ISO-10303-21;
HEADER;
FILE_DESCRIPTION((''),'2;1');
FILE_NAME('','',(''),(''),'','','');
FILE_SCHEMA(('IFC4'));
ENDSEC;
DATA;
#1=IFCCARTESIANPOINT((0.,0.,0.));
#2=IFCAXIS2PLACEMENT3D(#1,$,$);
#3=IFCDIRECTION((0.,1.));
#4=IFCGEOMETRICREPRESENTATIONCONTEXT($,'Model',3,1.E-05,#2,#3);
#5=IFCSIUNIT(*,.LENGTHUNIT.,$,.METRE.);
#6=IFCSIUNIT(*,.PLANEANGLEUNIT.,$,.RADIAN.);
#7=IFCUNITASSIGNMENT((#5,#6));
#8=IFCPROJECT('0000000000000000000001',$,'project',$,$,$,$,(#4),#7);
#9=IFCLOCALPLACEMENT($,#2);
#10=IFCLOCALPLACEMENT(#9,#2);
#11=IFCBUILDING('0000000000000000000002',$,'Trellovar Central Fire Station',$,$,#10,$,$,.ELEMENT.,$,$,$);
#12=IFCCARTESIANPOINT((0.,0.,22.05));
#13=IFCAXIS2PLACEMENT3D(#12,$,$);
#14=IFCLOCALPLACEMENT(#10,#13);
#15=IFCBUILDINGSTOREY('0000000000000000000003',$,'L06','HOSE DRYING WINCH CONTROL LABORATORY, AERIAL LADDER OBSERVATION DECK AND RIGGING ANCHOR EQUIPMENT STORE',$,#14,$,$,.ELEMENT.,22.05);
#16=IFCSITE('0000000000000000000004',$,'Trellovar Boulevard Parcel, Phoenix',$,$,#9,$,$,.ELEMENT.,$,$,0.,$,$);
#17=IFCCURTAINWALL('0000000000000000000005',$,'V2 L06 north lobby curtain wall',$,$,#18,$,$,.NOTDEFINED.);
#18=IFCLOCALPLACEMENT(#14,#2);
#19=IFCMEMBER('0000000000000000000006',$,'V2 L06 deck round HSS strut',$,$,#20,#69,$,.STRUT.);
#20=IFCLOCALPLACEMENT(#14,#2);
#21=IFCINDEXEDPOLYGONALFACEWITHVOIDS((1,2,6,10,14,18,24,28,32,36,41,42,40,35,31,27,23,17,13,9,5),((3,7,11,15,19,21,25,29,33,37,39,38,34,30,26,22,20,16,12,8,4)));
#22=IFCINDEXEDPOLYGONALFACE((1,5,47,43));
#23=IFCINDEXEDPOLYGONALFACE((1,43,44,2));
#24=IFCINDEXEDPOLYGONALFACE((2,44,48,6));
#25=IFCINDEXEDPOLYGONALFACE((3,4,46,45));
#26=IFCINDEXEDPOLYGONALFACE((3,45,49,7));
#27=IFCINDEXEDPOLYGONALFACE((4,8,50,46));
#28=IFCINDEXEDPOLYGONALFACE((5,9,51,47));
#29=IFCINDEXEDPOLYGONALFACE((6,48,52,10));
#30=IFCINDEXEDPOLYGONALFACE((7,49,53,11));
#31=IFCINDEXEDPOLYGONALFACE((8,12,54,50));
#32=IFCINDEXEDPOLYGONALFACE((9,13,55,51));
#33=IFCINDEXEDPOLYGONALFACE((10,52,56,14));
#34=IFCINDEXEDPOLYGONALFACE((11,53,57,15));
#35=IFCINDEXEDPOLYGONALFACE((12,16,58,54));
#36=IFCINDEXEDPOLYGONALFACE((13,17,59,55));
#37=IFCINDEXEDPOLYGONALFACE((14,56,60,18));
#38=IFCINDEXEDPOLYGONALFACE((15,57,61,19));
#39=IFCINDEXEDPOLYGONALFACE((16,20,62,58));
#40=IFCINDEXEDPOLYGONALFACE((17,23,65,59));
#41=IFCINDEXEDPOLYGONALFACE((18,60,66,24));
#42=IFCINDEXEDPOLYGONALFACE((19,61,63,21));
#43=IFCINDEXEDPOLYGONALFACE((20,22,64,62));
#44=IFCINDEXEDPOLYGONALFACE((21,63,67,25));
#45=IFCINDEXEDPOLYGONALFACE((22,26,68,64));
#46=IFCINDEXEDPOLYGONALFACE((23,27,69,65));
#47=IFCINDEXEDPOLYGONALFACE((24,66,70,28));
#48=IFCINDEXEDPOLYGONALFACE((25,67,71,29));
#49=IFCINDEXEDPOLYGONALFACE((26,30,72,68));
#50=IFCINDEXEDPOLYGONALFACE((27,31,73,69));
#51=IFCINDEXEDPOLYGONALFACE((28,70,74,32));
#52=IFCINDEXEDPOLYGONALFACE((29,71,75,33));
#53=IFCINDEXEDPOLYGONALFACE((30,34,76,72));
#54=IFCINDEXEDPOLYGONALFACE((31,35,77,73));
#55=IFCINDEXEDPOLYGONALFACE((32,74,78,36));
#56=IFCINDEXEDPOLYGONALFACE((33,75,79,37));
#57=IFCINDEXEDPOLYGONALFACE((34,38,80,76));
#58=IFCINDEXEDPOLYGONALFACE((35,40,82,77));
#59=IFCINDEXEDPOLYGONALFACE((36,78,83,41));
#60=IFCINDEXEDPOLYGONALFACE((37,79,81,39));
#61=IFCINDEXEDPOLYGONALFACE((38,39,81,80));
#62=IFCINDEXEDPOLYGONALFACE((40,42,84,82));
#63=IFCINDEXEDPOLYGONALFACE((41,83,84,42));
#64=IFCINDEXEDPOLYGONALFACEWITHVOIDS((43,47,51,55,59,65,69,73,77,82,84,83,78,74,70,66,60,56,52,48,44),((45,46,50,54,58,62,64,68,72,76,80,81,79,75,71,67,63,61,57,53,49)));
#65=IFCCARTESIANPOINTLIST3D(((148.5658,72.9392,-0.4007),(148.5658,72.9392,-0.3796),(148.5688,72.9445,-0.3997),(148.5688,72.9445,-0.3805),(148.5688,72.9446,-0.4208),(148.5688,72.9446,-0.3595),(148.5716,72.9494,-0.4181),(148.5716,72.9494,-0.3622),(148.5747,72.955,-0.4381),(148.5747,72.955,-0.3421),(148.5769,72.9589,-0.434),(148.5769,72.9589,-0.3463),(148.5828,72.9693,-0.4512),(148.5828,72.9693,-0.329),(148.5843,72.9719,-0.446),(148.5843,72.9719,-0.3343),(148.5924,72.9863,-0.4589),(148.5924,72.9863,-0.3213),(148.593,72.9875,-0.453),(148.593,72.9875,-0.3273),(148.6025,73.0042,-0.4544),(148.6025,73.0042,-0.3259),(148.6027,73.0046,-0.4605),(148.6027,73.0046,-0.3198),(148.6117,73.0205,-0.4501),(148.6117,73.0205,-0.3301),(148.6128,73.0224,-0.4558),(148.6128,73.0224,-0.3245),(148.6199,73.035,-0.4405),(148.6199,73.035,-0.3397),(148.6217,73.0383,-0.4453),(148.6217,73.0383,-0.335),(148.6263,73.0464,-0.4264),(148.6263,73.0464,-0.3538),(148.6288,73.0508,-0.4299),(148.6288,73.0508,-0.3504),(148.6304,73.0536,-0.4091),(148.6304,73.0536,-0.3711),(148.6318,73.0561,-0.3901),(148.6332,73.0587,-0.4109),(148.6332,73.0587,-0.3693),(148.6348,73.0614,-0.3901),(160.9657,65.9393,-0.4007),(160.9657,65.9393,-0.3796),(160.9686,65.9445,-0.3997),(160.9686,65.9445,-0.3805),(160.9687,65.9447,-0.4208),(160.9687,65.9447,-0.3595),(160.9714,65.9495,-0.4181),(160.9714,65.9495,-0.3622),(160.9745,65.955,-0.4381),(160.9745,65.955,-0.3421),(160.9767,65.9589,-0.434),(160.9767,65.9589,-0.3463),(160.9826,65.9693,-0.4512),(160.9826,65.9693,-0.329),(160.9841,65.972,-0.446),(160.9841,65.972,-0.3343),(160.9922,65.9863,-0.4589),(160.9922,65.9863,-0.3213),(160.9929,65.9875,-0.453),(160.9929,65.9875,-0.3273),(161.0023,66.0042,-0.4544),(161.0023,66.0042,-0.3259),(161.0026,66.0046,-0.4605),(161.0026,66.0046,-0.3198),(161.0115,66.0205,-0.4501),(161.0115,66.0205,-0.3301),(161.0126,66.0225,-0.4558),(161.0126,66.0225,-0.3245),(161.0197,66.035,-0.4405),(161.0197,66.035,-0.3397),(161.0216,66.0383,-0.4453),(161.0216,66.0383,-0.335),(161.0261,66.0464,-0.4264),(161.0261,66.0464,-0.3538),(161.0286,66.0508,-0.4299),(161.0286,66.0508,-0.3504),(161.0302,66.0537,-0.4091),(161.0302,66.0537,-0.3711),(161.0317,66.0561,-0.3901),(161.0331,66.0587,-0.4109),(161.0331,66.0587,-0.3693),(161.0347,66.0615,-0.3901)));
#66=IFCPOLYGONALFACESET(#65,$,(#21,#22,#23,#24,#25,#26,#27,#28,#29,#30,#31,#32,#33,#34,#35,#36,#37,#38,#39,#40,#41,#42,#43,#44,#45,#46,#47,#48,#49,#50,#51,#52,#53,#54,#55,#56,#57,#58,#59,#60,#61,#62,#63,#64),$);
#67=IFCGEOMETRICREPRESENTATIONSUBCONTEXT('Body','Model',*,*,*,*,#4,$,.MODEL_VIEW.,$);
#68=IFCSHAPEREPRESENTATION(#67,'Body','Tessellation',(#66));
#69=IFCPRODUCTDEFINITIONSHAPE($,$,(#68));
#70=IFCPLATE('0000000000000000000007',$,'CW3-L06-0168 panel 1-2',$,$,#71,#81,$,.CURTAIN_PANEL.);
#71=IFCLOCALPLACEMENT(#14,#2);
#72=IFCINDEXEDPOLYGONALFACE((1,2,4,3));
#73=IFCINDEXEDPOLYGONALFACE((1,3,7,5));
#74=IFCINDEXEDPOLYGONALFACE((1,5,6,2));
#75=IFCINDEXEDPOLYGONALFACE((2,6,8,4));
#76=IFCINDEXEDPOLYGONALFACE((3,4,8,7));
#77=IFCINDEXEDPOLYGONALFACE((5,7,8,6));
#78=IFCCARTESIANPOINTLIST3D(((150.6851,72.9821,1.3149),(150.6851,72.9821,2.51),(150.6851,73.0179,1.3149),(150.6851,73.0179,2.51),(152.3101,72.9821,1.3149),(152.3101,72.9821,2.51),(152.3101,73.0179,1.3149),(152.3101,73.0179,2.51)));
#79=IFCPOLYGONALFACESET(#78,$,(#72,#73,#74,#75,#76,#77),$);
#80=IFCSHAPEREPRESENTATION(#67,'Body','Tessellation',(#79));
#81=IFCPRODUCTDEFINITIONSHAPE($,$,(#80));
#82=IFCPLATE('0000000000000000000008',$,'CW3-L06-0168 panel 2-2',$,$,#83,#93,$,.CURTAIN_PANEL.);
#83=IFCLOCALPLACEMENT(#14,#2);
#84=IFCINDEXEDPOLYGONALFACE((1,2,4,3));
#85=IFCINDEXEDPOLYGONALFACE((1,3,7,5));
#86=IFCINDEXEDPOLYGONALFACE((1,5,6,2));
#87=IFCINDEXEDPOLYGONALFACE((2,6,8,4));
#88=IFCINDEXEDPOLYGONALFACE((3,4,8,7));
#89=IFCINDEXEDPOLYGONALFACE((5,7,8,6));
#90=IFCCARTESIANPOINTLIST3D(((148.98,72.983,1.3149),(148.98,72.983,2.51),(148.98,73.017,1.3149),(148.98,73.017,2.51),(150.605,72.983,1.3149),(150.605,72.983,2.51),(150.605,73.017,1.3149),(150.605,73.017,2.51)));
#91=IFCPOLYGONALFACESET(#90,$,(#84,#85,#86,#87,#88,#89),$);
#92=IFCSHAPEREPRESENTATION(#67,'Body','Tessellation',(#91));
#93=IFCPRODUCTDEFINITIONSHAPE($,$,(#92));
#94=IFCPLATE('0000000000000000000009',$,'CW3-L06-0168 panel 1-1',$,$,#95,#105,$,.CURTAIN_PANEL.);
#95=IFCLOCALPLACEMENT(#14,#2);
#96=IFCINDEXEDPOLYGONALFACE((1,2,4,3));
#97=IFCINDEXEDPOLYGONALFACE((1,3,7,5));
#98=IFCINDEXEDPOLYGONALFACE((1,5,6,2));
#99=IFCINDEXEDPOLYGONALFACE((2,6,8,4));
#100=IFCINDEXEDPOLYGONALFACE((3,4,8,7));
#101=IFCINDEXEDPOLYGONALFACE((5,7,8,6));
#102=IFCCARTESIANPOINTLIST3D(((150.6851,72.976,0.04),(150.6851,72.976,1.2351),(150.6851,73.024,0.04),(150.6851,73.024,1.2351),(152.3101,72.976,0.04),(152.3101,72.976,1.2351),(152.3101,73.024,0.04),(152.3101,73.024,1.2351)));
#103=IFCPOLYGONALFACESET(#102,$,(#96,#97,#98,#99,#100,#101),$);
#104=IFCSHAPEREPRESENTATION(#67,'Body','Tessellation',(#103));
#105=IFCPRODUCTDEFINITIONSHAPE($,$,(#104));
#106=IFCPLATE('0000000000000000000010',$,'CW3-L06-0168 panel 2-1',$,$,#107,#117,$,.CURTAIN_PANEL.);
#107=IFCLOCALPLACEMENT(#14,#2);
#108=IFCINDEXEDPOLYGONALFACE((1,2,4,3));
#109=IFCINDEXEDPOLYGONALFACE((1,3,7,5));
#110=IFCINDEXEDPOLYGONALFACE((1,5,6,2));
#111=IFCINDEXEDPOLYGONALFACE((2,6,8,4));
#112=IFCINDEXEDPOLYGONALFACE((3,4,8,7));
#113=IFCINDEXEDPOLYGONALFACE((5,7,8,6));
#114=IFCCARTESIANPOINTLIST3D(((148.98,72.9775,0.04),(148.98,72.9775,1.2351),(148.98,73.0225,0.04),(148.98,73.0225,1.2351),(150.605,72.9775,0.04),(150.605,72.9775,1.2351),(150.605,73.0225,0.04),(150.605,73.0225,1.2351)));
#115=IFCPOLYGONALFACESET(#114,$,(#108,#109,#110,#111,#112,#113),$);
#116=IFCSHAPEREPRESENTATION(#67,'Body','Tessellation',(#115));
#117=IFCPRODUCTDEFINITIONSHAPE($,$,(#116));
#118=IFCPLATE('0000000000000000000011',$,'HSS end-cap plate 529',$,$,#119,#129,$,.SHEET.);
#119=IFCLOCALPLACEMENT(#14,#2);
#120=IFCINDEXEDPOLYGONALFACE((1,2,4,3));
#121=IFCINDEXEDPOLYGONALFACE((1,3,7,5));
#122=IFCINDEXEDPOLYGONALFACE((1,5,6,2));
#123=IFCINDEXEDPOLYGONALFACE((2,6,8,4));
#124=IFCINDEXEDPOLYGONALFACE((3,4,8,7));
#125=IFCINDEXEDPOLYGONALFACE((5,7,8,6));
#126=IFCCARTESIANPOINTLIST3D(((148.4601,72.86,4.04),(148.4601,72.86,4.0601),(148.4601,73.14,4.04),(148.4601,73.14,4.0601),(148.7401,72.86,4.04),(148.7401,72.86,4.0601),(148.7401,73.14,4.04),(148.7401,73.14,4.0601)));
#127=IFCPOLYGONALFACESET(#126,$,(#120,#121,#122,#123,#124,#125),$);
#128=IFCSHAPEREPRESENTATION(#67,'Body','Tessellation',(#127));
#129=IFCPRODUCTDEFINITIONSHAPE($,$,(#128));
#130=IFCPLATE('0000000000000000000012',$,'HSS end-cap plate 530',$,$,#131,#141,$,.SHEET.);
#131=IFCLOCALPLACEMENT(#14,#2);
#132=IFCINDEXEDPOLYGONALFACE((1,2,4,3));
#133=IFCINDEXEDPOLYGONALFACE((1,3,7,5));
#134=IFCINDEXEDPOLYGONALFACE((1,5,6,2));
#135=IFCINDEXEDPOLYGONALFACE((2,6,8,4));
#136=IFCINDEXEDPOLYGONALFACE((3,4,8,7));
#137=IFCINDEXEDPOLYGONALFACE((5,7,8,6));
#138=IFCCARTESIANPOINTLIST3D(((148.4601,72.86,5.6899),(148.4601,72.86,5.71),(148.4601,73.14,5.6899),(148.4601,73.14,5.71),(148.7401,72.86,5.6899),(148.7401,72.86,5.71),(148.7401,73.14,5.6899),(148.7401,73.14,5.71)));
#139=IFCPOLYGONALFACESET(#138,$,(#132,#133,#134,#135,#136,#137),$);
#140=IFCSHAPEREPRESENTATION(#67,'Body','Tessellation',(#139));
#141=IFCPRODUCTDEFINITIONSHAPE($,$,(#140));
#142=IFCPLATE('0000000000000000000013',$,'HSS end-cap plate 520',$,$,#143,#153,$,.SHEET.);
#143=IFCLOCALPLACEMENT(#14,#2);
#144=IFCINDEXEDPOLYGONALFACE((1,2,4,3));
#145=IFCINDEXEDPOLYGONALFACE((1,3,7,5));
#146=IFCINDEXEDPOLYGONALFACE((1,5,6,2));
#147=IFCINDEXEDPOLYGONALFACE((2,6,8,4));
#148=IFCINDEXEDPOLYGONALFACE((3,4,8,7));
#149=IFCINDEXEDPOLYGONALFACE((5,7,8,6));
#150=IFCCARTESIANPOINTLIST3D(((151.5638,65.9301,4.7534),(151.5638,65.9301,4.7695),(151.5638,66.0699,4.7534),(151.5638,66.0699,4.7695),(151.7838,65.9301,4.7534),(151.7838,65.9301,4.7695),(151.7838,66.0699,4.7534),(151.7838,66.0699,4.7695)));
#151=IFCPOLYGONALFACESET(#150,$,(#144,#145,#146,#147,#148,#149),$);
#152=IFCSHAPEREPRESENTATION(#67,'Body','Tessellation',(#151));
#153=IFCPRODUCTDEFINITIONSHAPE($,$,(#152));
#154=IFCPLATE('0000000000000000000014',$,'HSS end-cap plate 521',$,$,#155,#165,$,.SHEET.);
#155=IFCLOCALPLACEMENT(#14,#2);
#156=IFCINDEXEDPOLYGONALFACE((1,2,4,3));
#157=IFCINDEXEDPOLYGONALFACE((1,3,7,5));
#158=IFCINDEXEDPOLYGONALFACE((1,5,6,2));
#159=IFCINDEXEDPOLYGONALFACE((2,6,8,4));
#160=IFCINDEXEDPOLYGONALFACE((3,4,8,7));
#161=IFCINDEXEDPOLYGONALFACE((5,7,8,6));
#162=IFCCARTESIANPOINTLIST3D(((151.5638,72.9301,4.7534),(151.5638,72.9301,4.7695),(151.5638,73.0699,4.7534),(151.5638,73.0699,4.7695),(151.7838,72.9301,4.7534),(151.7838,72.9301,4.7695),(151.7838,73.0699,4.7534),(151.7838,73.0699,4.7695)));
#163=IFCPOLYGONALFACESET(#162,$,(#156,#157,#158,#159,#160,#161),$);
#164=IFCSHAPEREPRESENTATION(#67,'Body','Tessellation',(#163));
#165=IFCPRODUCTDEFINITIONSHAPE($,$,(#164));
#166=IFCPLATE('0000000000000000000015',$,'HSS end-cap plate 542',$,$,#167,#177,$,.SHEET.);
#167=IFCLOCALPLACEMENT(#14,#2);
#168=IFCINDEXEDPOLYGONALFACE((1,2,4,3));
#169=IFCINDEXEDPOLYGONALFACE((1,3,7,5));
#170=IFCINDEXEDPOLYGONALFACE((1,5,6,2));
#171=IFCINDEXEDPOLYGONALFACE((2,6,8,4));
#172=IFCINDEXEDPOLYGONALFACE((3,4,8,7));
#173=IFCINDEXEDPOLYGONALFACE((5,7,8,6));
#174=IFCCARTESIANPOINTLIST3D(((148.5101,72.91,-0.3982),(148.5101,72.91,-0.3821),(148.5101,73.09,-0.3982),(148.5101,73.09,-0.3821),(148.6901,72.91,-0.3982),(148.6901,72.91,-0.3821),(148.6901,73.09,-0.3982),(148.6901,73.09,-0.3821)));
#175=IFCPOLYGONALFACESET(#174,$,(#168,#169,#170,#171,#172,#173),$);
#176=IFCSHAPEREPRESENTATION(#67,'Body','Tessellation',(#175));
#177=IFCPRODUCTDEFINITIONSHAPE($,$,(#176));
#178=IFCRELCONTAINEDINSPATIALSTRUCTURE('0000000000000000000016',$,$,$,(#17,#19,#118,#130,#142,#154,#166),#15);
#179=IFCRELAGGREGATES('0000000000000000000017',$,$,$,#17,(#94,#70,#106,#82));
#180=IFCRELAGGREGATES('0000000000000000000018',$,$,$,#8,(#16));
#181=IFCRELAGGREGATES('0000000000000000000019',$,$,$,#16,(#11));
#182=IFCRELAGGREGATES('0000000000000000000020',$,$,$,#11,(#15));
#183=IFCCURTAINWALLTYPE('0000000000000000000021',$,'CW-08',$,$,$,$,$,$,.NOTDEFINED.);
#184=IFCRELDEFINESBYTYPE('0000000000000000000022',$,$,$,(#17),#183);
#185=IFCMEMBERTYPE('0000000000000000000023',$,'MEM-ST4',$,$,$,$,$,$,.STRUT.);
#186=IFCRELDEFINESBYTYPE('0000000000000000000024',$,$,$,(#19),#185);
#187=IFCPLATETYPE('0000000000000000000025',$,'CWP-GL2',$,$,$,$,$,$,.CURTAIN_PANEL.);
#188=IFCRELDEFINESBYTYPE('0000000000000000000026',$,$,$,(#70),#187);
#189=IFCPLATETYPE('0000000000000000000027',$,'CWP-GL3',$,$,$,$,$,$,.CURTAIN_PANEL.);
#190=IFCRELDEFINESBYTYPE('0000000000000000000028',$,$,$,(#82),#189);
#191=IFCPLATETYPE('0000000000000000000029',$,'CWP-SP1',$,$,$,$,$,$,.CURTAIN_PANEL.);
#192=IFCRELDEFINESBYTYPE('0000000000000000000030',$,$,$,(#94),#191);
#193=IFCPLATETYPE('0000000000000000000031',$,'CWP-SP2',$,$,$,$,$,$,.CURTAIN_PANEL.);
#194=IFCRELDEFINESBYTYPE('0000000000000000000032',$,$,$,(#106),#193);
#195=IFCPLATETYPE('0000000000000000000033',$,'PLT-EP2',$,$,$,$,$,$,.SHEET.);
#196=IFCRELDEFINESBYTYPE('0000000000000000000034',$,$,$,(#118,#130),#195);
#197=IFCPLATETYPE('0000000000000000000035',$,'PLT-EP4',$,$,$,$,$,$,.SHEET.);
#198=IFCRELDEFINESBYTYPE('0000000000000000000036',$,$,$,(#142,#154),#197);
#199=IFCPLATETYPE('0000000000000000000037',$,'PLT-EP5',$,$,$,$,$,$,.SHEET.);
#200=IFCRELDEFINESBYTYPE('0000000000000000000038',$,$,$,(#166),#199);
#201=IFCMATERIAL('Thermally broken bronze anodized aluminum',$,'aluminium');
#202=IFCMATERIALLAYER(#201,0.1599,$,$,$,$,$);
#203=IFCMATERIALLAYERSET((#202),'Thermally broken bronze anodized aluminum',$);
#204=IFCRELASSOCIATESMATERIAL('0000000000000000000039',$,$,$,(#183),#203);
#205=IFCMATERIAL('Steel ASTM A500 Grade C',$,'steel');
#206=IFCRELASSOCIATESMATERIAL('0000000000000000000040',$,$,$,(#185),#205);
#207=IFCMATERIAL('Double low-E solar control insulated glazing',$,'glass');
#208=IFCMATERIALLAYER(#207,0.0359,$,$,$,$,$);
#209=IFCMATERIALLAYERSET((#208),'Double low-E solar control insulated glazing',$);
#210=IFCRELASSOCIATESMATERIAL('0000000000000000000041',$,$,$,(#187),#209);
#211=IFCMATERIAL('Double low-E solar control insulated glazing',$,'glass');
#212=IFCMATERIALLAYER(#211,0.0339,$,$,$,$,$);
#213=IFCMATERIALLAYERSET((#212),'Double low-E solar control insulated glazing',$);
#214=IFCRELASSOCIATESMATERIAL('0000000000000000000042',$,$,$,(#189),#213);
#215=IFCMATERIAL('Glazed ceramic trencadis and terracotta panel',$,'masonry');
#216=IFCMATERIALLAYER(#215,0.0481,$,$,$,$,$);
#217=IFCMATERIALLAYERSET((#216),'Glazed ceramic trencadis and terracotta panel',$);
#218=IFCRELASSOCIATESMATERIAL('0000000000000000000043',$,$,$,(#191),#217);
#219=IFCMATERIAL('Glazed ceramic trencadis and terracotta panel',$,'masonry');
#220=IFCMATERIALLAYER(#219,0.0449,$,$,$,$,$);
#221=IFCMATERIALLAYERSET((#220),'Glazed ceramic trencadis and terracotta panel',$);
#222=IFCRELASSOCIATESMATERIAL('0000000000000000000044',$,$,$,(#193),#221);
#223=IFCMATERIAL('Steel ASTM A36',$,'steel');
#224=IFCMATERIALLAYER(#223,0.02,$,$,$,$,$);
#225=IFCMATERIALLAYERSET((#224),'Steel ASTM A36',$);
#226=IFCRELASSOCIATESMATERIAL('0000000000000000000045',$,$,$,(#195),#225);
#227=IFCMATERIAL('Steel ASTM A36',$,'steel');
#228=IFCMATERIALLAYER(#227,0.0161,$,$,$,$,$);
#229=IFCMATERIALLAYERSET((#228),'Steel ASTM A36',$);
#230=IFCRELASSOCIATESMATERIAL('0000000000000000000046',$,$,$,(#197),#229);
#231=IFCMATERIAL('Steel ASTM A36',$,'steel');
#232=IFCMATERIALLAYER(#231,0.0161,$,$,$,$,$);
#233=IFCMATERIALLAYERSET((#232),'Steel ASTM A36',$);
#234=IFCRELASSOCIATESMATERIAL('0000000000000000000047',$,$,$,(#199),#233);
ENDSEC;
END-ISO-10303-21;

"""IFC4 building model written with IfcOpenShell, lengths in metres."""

from ifc_helpers import new_model, si_unit, direction, frame, origin, origin_2d, place, context, subcontext, project, spatial, rectangle, hollow_circle, extrude, material, layer, layer_set, material_profile, profile_set, type_object, element, aggregate, save


model = new_model("IFC4")

# Units and contexts
model_context = context("Model", 3, precision=1e-05, world=origin(), true_north=direction((0.0, 1.0)))
body_context = subcontext(model_context, "Body", "Model", "MODEL_VIEW")
ifc_project = project(units=[si_unit("LENGTHUNIT", "METRE"), si_unit("PLANEANGLEUNIT", "RADIAN")], contexts=[model_context])

# Site, building, storey
site_placement = place(None, origin())
site = spatial("IfcSite", under=ifc_project, at=site_placement, Name="Trellovar Boulevard Parcel, Phoenix", CompositionType="ELEMENT", RefElevation=0.0)
building_placement = place(site_placement, origin())
building = spatial("IfcBuilding", under=site, at=building_placement, Name="Trellovar Central Fire Station", CompositionType="ELEMENT")
storey_placement = place(building_placement, frame((0.0, 0.0, 22.05)))
storey = spatial("IfcBuildingStorey", under=building, at=storey_placement, Name="L06", Description="HOSE DRYING WINCH CONTROL LABORATORY, AERIAL LADDER OBSERVATION DECK AND RIGGING ANCHOR EQUIPMENT STORE", CompositionType="ELEMENT", Elevation=22.05)

# Curtain wall
ifc_material_1 = material(Name="Thermally broken bronze anodized aluminum", Category="aluminium")
ifc_layer_1 = layer(ifc_material_1, 0.1599)
ifc_layer_set_1 = layer_set([ifc_layer_1], Name="Thermally broken bronze anodized aluminum")
curtain_wall_type = type_object("IfcCurtainWallType", Name="CW-08", PredefinedType="NOTDEFINED", material=ifc_layer_set_1)
curtain_wall_placement = place(storey_placement, origin())
curtain_wall = element("IfcCurtainWall", 1, at=curtain_wall_placement, inside=storey, type_object=curtain_wall_type, Name="V2 L06 north lobby curtain wall", PredefinedType="NOTDEFINED")

# Member
ifc_material_2 = material(Name="Steel ASTM A500 Grade C", Category="steel")
ifc_material_profile_1 = material_profile(ifc_material_2, hollow_circle(Radius=0.0706, WallThickness=0.0061, at=origin_2d()), Name="HSS5.563X0.258")
ifc_profile_set_1 = profile_set([ifc_material_profile_1], Name="Steel ASTM A500 Grade C")
member_type_1 = type_object("IfcMemberType", Name="MEM-ST4", PredefinedType="STRUT", material=ifc_profile_set_1)
member_1_placement = place(storey_placement, frame((148.6001, 73.0, -0.3901), z_axis=(0.870823, -0.491597, 0.0), x_axis=(0.491597, 0.870823, 0.0)))
element("IfcMember", 2, at=member_1_placement, inside=storey, type_object=member_type_1, Name="V2 L06 deck round HSS strut", PredefinedType="STRUT", context=body_context, shape_type="SweptSolid", body=[
    extrude(hollow_circle(Radius=0.0706, WallThickness=0.0061, at=origin_2d()), origin(), (0.0, 0.0, 1.0), 14.2393),
])

# Plates
ifc_material_3 = material(Name="Double low-E solar control insulated glazing", Category="glass")
ifc_layer_2 = layer(ifc_material_3, 0.0359)
ifc_layer_set_2 = layer_set([ifc_layer_2], Name="Double low-E solar control insulated glazing")
plate_type_1 = type_object("IfcPlateType", Name="CWP-GL2", PredefinedType="CURTAIN_PANEL", material=ifc_layer_set_2)
plate_1_placement = place(storey_placement, frame((151.4976, 73.0, 1.3149), z_axis=(0.0, 0.0, 1.0), x_axis=(-1.0, 0.0, 0.0)))
plate_1 = element("IfcPlate", 3, at=plate_1_placement, type_object=plate_type_1, Name="CW3-L06-0168 panel 1-2", PredefinedType="CURTAIN_PANEL", context=body_context, shape_type="SweptSolid", body=[
    extrude(rectangle(XDim=1.625, YDim=0.0359, at=origin_2d()), origin(), (0.0, 0.0, 1.0), 1.1951),
])
ifc_material_4 = material(Name="Double low-E solar control insulated glazing", Category="glass")
ifc_layer_3 = layer(ifc_material_4, 0.0339)
ifc_layer_set_3 = layer_set([ifc_layer_3], Name="Double low-E solar control insulated glazing")
plate_type_2 = type_object("IfcPlateType", Name="CWP-GL3", PredefinedType="CURTAIN_PANEL", material=ifc_layer_set_3)
plate_2_placement = place(storey_placement, frame((149.7925, 73.0, 1.3149), z_axis=(0.0, 0.0, 1.0), x_axis=(-1.0, 0.0, 0.0)))
plate_2 = element("IfcPlate", 4, at=plate_2_placement, type_object=plate_type_2, Name="CW3-L06-0168 panel 2-2", PredefinedType="CURTAIN_PANEL", context=body_context, shape_type="SweptSolid", body=[
    extrude(rectangle(XDim=1.625, YDim=0.0339, at=origin_2d()), origin(), (0.0, 0.0, 1.0), 1.1951),
])
ifc_material_5 = material(Name="Glazed ceramic trencadis and terracotta panel", Category="masonry")
ifc_layer_4 = layer(ifc_material_5, 0.0481)
ifc_layer_set_4 = layer_set([ifc_layer_4], Name="Glazed ceramic trencadis and terracotta panel")
plate_type_3 = type_object("IfcPlateType", Name="CWP-SP1", PredefinedType="CURTAIN_PANEL", material=ifc_layer_set_4)
plate_3_placement = place(storey_placement, frame((151.4976, 73.0, 0.04), z_axis=(0.0, 0.0, 1.0), x_axis=(-1.0, 0.0, 0.0)))
plate_3 = element("IfcPlate", 5, at=plate_3_placement, type_object=plate_type_3, Name="CW3-L06-0168 panel 1-1", PredefinedType="CURTAIN_PANEL", context=body_context, shape_type="SweptSolid", body=[
    extrude(rectangle(XDim=1.625, YDim=0.0481, at=origin_2d()), origin(), (0.0, 0.0, 1.0), 1.1951),
])
ifc_material_6 = material(Name="Glazed ceramic trencadis and terracotta panel", Category="masonry")
ifc_layer_5 = layer(ifc_material_6, 0.0449)
ifc_layer_set_5 = layer_set([ifc_layer_5], Name="Glazed ceramic trencadis and terracotta panel")
plate_type_4 = type_object("IfcPlateType", Name="CWP-SP2", PredefinedType="CURTAIN_PANEL", material=ifc_layer_set_5)
plate_4_placement = place(storey_placement, frame((149.7925, 73.0, 0.04), z_axis=(0.0, 0.0, 1.0), x_axis=(-1.0, 0.0, 0.0)))
plate_4 = element("IfcPlate", 6, at=plate_4_placement, type_object=plate_type_4, Name="CW3-L06-0168 panel 2-1", PredefinedType="CURTAIN_PANEL", context=body_context, shape_type="SweptSolid", body=[
    extrude(rectangle(XDim=1.625, YDim=0.0449, at=origin_2d()), origin(), (0.0, 0.0, 1.0), 1.1951),
])
aggregate(curtain_wall, [plate_3, plate_1, plate_4, plate_2])

# Plates
ifc_material_7 = material(Name="Steel ASTM A36", Category="steel")
ifc_layer_6 = layer(ifc_material_7, 0.02)
ifc_layer_set_6 = layer_set([ifc_layer_6], Name="Steel ASTM A36")
plate_type_5 = type_object("IfcPlateType", Name="PLT-EP2", PredefinedType="SHEET", material=ifc_layer_set_6)
for number, where, z_axis, x_axis, name in (
    (7, (148.6001, 73.0, 4.04), (0.0, 0.0, 1.0), (1.0, 0.0, 0.0), "HSS end-cap plate 529"),
    (8, (148.6001, 73.0, 5.6899), (0.0, 0.0, 1.0), (1.0, 0.0, 0.0), "HSS end-cap plate 530"),
):
    element("IfcPlate", number, at=place(storey_placement, frame(where, z_axis=z_axis, x_axis=x_axis)), inside=storey, type_object=plate_type_5, Name=name, PredefinedType="SHEET", context=body_context, shape_type="SweptSolid", body=[
        extrude(rectangle(XDim=0.28, YDim=0.28, at=origin_2d()), origin(), (0.0, 0.0, 1.0), 0.02),
    ])
ifc_material_8 = material(Name="Steel ASTM A36", Category="steel")
ifc_layer_7 = layer(ifc_material_8, 0.0161)
ifc_layer_set_7 = layer_set([ifc_layer_7], Name="Steel ASTM A36")
plate_type_6 = type_object("IfcPlateType", Name="PLT-EP4", PredefinedType="SHEET", material=ifc_layer_set_7)
for number, where, z_axis, x_axis, name in (
    (9, (151.6738, 66.0, 4.7534), (0.0, 0.0, 1.0), (1.0, 0.0, 0.0), "HSS end-cap plate 520"),
    (10, (151.6738, 73.0, 4.7534), (0.0, 0.0, 1.0), (1.0, 0.0, 0.0), "HSS end-cap plate 521"),
):
    element("IfcPlate", number, at=place(storey_placement, frame(where, z_axis=z_axis, x_axis=x_axis)), inside=storey, type_object=plate_type_6, Name=name, PredefinedType="SHEET", context=body_context, shape_type="SweptSolid", body=[
        extrude(rectangle(XDim=0.22, YDim=0.1399, at=origin_2d()), origin(), (0.0, 0.0, 1.0), 0.0161),
    ])
ifc_material_9 = material(Name="Steel ASTM A36", Category="steel")
ifc_layer_8 = layer(ifc_material_9, 0.0161)
ifc_layer_set_8 = layer_set([ifc_layer_8], Name="Steel ASTM A36")
plate_type_7 = type_object("IfcPlateType", Name="PLT-EP5", PredefinedType="SHEET", material=ifc_layer_set_8)
plate_5_placement = place(storey_placement, frame((148.6001, 73.0, -0.3982), z_axis=(0.0, 0.0, 1.0), x_axis=(1.0, 0.0, 0.0)))
element("IfcPlate", 11, at=plate_5_placement, inside=storey, type_object=plate_type_7, Name="HSS end-cap plate 542", PredefinedType="SHEET", context=body_context, shape_type="SweptSolid", body=[
    extrude(rectangle(XDim=0.1799, YDim=0.1799, at=origin_2d()), origin(), (0.0, 0.0, 1.0), 0.0161),
])

save(model, "model.ifc")
